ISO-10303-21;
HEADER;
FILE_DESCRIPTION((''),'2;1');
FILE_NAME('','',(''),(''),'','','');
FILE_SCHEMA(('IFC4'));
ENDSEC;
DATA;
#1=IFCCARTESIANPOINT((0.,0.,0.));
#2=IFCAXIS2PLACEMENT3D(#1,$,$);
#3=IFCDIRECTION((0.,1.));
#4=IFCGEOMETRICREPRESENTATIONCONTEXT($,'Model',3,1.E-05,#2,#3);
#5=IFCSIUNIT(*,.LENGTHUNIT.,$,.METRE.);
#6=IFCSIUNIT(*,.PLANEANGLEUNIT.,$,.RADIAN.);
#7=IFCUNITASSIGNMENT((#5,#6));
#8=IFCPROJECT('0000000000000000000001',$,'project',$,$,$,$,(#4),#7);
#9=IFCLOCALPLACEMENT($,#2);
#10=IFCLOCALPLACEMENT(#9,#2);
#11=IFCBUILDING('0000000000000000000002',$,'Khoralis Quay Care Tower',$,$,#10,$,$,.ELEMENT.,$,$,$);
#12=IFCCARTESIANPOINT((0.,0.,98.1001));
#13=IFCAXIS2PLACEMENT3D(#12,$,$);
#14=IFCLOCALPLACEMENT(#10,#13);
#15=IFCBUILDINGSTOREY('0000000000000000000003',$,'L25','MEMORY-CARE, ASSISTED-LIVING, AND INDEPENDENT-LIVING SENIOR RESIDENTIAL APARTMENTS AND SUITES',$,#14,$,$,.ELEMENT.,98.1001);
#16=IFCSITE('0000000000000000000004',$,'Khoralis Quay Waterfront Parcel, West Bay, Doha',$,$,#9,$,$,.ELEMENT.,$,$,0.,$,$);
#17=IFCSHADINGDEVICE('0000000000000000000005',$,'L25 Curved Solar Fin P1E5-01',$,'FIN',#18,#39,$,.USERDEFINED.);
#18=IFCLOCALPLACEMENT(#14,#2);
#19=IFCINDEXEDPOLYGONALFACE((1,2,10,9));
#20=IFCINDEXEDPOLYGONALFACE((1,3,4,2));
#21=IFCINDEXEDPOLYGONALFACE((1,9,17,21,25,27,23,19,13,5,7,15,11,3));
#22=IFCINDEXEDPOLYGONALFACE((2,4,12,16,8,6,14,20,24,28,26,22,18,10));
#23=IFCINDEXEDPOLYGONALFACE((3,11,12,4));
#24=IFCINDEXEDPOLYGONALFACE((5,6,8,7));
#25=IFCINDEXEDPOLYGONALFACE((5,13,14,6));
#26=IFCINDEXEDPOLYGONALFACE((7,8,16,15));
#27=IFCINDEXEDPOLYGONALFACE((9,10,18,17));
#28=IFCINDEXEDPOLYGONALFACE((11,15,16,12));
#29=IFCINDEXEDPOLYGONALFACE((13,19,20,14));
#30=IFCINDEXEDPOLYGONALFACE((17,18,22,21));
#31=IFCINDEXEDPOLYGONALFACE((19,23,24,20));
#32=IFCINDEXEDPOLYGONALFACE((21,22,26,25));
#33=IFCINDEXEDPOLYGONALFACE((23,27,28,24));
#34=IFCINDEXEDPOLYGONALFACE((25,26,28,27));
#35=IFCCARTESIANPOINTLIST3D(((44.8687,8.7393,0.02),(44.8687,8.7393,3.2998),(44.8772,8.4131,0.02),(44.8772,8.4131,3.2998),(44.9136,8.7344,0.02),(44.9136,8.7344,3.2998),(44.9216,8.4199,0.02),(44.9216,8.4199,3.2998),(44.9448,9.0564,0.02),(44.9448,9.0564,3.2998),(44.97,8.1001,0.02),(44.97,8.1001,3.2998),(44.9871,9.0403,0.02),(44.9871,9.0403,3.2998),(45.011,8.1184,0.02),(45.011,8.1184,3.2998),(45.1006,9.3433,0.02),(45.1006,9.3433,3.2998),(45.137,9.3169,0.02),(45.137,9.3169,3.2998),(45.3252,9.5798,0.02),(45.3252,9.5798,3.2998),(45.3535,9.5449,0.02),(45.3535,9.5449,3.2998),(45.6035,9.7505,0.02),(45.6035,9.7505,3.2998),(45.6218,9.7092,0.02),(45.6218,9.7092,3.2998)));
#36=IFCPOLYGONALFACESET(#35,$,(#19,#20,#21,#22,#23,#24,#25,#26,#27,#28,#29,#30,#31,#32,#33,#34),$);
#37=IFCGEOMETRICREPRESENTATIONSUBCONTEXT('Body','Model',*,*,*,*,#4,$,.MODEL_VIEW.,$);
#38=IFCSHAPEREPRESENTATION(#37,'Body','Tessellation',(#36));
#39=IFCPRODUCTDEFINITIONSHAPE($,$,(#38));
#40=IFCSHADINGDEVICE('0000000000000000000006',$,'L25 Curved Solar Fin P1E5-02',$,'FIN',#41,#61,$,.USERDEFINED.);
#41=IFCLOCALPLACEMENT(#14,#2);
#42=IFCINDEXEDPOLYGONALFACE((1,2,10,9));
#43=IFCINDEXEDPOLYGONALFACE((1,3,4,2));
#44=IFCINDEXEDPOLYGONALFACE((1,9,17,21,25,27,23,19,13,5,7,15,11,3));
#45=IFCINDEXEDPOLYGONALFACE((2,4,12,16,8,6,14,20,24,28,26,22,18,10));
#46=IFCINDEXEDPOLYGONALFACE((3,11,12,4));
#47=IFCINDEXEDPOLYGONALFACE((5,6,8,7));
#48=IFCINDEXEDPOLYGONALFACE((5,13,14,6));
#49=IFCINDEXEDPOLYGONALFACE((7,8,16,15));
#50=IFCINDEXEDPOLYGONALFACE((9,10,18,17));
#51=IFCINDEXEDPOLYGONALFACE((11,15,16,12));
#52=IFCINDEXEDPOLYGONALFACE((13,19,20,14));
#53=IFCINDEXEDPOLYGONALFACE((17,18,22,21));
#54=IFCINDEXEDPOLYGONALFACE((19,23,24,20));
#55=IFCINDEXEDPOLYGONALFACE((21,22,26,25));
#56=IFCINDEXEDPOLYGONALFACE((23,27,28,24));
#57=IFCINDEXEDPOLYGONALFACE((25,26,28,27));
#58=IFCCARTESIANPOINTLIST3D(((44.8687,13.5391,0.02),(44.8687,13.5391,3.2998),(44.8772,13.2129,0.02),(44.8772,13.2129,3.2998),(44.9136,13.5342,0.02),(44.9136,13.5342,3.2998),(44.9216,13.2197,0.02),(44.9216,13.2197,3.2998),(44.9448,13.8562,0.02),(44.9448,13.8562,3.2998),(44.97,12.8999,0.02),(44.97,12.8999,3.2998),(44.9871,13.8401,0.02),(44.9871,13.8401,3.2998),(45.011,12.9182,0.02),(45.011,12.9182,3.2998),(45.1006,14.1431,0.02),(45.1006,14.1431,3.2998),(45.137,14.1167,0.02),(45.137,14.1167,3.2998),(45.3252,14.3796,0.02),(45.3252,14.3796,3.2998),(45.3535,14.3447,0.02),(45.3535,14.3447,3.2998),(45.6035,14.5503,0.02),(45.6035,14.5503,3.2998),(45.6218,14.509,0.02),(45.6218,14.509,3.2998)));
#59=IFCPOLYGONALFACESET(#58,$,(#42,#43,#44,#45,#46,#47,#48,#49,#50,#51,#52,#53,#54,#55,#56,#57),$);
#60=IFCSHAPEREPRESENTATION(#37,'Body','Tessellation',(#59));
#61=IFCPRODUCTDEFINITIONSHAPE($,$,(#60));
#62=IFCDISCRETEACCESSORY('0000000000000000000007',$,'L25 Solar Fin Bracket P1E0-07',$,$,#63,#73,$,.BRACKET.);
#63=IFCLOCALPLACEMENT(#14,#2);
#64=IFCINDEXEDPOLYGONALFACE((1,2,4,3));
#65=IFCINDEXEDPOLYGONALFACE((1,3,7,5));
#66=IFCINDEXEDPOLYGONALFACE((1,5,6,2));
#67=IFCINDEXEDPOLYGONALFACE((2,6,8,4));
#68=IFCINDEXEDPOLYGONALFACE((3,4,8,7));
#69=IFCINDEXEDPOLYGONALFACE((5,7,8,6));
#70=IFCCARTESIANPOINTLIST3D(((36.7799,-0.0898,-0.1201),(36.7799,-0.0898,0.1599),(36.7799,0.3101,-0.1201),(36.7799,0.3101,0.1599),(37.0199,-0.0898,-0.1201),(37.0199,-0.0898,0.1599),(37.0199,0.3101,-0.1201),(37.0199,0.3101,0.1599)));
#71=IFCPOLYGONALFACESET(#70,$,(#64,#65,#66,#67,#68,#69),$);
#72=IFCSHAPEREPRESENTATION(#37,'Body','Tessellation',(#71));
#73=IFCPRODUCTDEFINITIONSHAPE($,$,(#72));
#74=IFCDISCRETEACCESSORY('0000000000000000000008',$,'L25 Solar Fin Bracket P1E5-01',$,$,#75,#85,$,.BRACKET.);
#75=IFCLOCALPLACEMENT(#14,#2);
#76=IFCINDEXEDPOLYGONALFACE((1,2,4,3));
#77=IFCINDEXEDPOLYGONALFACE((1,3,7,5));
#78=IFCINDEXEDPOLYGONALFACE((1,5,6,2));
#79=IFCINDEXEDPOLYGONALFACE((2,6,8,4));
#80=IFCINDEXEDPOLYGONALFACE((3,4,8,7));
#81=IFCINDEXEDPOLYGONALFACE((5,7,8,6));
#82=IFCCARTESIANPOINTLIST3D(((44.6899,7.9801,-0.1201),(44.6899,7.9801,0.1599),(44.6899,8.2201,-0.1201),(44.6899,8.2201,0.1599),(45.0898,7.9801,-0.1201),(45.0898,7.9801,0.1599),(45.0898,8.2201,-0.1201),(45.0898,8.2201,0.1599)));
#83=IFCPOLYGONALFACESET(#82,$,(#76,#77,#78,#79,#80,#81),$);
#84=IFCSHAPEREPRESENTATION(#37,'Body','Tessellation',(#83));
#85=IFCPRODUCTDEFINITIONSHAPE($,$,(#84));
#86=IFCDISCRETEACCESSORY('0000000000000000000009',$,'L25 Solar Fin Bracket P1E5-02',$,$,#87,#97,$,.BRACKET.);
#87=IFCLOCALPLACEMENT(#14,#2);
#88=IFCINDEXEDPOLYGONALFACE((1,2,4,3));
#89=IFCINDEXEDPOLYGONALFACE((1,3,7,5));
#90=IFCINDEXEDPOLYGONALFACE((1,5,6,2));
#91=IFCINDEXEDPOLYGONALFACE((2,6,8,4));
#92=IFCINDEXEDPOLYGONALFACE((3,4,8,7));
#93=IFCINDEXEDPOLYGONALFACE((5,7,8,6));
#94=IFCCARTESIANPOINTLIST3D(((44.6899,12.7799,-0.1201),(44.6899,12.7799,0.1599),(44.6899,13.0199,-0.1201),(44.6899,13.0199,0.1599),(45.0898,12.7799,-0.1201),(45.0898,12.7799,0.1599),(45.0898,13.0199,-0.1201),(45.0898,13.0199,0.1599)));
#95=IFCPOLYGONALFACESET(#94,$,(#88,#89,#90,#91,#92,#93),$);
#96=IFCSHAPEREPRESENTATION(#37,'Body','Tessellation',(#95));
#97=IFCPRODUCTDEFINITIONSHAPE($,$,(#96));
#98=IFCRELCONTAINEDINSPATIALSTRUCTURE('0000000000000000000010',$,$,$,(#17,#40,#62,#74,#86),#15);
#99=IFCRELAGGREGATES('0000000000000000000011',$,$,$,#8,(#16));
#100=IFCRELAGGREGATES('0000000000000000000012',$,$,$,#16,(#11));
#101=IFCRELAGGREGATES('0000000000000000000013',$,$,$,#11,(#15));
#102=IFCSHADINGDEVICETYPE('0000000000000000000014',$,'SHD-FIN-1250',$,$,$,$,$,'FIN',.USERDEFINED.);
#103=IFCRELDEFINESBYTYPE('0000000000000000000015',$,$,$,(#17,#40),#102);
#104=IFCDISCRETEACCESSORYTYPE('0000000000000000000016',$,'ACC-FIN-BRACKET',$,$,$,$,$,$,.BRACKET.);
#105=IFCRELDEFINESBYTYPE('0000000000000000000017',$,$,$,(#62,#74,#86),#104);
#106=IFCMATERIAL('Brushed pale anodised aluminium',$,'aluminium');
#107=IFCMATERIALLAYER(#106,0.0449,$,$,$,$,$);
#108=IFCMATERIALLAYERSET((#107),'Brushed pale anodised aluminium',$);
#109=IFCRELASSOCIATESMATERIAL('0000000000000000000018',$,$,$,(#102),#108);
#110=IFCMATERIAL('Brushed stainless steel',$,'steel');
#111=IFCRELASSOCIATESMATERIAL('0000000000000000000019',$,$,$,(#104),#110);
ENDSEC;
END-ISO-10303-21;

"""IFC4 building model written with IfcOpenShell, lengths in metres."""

from ifc_helpers import new_model, si_unit, direction, frame, origin, origin_2d, place, context, subcontext, project, spatial, polyline, rectangle, outline, extrude, source, transform, mapped, material, layer, layer_set, type_object, element, save


model = new_model("IFC4")

# Units and contexts
model_context = context("Model", 3, precision=1e-05, world=origin(), true_north=direction((0.0, 1.0)))
body_context = subcontext(model_context, "Body", "Model", "MODEL_VIEW")
ifc_project = project(units=[si_unit("LENGTHUNIT", "METRE"), si_unit("PLANEANGLEUNIT", "RADIAN")], contexts=[model_context])

# Site, building, storey
site_placement = place(None, origin())
site = spatial("IfcSite", under=ifc_project, at=site_placement, Name="Khoralis Quay Waterfront Parcel, West Bay, Doha", CompositionType="ELEMENT", RefElevation=0.0)
building_placement = place(site_placement, origin())
building = spatial("IfcBuilding", under=site, at=building_placement, Name="Khoralis Quay Care Tower", CompositionType="ELEMENT")
storey_placement = place(building_placement, frame((0.0, 0.0, 98.1001)))
storey = spatial("IfcBuildingStorey", under=building, at=storey_placement, Name="L25", Description="MEMORY-CARE, ASSISTED-LIVING, AND INDEPENDENT-LIVING SENIOR RESIDENTIAL APARTMENTS AND SUITES", CompositionType="ELEMENT", Elevation=98.1001)

# Shading devices
ifc_material_1 = material(Name="Brushed pale anodised aluminium", Category="aluminium")
ifc_layer_1 = layer(ifc_material_1, 0.0449)
ifc_layer_set_1 = layer_set([ifc_layer_1], Name="Brushed pale anodised aluminium")
shading_device_type = type_object("IfcShadingDeviceType", Name="SHD-FIN-1250", ElementType="FIN", PredefinedType="USERDEFINED", material=ifc_layer_set_1)
shared_shape_1 = source(origin(), body_context, "Body", "SweptSolid", [
    extrude(outline(polyline([(0.0, 0.0), (-0.0928, 0.313), (-0.1013, 0.6392), (-0.0251, 0.9563), (0.1306, 1.2432), (0.3552, 1.4797), (0.6335, 1.6504), (0.6519, 1.6091), (0.3835, 1.4448), (0.167, 1.2168), (0.0171, 0.9402), (-0.0564, 0.6343), (-0.0483, 0.3198), (0.041, 0.0183), (0.0, 0.0)])), origin(), (0.0, 0.0, 1.0), 3.2798),
])
for number, where, z_axis, x_axis, name in (
    (1, (44.97, 8.1001, 0.02), (0.0, 0.0, 1.0), (1.0, 0.0, 0.0), "L25 Curved Solar Fin P1E5-01"),
    (2, (44.97, 12.8999, 0.02), (0.0, 0.0, 1.0), (1.0, 0.0, 0.0), "L25 Curved Solar Fin P1E5-02"),
):
    element("IfcShadingDevice", number, at=place(storey_placement, frame(where, z_axis=z_axis, x_axis=x_axis)), inside=storey, type_object=shading_device_type, Name=name, ObjectType="FIN", PredefinedType="USERDEFINED", context=body_context, shape_type="MappedRepresentation", body=[
        mapped(shared_shape_1, transform((0.0, 0.0, 0.0), scale=1.0)),
    ])

# Discrete accessories
ifc_material_2 = material(Name="Brushed stainless steel", Category="steel")
discrete_accessory_type = type_object("IfcDiscreteAccessoryType", Name="ACC-FIN-BRACKET", PredefinedType="BRACKET", material=ifc_material_2)
shared_shape_2 = source(origin(), body_context, "Body", "SweptSolid", [
    extrude(rectangle(XDim=0.3999, YDim=0.24, at=origin_2d()), origin(), (0.0, 0.0, 1.0), 0.28),
])
for number, where, z_axis, x_axis, name in (
    (3, (36.8999, 0.1101, -0.1201), (0.0, 0.0, 1.0), (0.0, -1.0, 0.0), "L25 Solar Fin Bracket P1E0-07"),
    (4, (44.8899, 8.1001, -0.1201), (0.0, 0.0, 1.0), (1.0, 0.0, 0.0), "L25 Solar Fin Bracket P1E5-01"),
    (5, (44.8899, 12.8999, -0.1201), (0.0, 0.0, 1.0), (1.0, 0.0, 0.0), "L25 Solar Fin Bracket P1E5-02"),
):
    element("IfcDiscreteAccessory", number, at=place(storey_placement, frame(where, z_axis=z_axis, x_axis=x_axis)), inside=storey, type_object=discrete_accessory_type, Name=name, PredefinedType="BRACKET", context=body_context, shape_type="MappedRepresentation", body=[
        mapped(shared_shape_2, transform((0.0, 0.0, 0.0), scale=1.0)),
    ])

save(model, "model.ifc")
